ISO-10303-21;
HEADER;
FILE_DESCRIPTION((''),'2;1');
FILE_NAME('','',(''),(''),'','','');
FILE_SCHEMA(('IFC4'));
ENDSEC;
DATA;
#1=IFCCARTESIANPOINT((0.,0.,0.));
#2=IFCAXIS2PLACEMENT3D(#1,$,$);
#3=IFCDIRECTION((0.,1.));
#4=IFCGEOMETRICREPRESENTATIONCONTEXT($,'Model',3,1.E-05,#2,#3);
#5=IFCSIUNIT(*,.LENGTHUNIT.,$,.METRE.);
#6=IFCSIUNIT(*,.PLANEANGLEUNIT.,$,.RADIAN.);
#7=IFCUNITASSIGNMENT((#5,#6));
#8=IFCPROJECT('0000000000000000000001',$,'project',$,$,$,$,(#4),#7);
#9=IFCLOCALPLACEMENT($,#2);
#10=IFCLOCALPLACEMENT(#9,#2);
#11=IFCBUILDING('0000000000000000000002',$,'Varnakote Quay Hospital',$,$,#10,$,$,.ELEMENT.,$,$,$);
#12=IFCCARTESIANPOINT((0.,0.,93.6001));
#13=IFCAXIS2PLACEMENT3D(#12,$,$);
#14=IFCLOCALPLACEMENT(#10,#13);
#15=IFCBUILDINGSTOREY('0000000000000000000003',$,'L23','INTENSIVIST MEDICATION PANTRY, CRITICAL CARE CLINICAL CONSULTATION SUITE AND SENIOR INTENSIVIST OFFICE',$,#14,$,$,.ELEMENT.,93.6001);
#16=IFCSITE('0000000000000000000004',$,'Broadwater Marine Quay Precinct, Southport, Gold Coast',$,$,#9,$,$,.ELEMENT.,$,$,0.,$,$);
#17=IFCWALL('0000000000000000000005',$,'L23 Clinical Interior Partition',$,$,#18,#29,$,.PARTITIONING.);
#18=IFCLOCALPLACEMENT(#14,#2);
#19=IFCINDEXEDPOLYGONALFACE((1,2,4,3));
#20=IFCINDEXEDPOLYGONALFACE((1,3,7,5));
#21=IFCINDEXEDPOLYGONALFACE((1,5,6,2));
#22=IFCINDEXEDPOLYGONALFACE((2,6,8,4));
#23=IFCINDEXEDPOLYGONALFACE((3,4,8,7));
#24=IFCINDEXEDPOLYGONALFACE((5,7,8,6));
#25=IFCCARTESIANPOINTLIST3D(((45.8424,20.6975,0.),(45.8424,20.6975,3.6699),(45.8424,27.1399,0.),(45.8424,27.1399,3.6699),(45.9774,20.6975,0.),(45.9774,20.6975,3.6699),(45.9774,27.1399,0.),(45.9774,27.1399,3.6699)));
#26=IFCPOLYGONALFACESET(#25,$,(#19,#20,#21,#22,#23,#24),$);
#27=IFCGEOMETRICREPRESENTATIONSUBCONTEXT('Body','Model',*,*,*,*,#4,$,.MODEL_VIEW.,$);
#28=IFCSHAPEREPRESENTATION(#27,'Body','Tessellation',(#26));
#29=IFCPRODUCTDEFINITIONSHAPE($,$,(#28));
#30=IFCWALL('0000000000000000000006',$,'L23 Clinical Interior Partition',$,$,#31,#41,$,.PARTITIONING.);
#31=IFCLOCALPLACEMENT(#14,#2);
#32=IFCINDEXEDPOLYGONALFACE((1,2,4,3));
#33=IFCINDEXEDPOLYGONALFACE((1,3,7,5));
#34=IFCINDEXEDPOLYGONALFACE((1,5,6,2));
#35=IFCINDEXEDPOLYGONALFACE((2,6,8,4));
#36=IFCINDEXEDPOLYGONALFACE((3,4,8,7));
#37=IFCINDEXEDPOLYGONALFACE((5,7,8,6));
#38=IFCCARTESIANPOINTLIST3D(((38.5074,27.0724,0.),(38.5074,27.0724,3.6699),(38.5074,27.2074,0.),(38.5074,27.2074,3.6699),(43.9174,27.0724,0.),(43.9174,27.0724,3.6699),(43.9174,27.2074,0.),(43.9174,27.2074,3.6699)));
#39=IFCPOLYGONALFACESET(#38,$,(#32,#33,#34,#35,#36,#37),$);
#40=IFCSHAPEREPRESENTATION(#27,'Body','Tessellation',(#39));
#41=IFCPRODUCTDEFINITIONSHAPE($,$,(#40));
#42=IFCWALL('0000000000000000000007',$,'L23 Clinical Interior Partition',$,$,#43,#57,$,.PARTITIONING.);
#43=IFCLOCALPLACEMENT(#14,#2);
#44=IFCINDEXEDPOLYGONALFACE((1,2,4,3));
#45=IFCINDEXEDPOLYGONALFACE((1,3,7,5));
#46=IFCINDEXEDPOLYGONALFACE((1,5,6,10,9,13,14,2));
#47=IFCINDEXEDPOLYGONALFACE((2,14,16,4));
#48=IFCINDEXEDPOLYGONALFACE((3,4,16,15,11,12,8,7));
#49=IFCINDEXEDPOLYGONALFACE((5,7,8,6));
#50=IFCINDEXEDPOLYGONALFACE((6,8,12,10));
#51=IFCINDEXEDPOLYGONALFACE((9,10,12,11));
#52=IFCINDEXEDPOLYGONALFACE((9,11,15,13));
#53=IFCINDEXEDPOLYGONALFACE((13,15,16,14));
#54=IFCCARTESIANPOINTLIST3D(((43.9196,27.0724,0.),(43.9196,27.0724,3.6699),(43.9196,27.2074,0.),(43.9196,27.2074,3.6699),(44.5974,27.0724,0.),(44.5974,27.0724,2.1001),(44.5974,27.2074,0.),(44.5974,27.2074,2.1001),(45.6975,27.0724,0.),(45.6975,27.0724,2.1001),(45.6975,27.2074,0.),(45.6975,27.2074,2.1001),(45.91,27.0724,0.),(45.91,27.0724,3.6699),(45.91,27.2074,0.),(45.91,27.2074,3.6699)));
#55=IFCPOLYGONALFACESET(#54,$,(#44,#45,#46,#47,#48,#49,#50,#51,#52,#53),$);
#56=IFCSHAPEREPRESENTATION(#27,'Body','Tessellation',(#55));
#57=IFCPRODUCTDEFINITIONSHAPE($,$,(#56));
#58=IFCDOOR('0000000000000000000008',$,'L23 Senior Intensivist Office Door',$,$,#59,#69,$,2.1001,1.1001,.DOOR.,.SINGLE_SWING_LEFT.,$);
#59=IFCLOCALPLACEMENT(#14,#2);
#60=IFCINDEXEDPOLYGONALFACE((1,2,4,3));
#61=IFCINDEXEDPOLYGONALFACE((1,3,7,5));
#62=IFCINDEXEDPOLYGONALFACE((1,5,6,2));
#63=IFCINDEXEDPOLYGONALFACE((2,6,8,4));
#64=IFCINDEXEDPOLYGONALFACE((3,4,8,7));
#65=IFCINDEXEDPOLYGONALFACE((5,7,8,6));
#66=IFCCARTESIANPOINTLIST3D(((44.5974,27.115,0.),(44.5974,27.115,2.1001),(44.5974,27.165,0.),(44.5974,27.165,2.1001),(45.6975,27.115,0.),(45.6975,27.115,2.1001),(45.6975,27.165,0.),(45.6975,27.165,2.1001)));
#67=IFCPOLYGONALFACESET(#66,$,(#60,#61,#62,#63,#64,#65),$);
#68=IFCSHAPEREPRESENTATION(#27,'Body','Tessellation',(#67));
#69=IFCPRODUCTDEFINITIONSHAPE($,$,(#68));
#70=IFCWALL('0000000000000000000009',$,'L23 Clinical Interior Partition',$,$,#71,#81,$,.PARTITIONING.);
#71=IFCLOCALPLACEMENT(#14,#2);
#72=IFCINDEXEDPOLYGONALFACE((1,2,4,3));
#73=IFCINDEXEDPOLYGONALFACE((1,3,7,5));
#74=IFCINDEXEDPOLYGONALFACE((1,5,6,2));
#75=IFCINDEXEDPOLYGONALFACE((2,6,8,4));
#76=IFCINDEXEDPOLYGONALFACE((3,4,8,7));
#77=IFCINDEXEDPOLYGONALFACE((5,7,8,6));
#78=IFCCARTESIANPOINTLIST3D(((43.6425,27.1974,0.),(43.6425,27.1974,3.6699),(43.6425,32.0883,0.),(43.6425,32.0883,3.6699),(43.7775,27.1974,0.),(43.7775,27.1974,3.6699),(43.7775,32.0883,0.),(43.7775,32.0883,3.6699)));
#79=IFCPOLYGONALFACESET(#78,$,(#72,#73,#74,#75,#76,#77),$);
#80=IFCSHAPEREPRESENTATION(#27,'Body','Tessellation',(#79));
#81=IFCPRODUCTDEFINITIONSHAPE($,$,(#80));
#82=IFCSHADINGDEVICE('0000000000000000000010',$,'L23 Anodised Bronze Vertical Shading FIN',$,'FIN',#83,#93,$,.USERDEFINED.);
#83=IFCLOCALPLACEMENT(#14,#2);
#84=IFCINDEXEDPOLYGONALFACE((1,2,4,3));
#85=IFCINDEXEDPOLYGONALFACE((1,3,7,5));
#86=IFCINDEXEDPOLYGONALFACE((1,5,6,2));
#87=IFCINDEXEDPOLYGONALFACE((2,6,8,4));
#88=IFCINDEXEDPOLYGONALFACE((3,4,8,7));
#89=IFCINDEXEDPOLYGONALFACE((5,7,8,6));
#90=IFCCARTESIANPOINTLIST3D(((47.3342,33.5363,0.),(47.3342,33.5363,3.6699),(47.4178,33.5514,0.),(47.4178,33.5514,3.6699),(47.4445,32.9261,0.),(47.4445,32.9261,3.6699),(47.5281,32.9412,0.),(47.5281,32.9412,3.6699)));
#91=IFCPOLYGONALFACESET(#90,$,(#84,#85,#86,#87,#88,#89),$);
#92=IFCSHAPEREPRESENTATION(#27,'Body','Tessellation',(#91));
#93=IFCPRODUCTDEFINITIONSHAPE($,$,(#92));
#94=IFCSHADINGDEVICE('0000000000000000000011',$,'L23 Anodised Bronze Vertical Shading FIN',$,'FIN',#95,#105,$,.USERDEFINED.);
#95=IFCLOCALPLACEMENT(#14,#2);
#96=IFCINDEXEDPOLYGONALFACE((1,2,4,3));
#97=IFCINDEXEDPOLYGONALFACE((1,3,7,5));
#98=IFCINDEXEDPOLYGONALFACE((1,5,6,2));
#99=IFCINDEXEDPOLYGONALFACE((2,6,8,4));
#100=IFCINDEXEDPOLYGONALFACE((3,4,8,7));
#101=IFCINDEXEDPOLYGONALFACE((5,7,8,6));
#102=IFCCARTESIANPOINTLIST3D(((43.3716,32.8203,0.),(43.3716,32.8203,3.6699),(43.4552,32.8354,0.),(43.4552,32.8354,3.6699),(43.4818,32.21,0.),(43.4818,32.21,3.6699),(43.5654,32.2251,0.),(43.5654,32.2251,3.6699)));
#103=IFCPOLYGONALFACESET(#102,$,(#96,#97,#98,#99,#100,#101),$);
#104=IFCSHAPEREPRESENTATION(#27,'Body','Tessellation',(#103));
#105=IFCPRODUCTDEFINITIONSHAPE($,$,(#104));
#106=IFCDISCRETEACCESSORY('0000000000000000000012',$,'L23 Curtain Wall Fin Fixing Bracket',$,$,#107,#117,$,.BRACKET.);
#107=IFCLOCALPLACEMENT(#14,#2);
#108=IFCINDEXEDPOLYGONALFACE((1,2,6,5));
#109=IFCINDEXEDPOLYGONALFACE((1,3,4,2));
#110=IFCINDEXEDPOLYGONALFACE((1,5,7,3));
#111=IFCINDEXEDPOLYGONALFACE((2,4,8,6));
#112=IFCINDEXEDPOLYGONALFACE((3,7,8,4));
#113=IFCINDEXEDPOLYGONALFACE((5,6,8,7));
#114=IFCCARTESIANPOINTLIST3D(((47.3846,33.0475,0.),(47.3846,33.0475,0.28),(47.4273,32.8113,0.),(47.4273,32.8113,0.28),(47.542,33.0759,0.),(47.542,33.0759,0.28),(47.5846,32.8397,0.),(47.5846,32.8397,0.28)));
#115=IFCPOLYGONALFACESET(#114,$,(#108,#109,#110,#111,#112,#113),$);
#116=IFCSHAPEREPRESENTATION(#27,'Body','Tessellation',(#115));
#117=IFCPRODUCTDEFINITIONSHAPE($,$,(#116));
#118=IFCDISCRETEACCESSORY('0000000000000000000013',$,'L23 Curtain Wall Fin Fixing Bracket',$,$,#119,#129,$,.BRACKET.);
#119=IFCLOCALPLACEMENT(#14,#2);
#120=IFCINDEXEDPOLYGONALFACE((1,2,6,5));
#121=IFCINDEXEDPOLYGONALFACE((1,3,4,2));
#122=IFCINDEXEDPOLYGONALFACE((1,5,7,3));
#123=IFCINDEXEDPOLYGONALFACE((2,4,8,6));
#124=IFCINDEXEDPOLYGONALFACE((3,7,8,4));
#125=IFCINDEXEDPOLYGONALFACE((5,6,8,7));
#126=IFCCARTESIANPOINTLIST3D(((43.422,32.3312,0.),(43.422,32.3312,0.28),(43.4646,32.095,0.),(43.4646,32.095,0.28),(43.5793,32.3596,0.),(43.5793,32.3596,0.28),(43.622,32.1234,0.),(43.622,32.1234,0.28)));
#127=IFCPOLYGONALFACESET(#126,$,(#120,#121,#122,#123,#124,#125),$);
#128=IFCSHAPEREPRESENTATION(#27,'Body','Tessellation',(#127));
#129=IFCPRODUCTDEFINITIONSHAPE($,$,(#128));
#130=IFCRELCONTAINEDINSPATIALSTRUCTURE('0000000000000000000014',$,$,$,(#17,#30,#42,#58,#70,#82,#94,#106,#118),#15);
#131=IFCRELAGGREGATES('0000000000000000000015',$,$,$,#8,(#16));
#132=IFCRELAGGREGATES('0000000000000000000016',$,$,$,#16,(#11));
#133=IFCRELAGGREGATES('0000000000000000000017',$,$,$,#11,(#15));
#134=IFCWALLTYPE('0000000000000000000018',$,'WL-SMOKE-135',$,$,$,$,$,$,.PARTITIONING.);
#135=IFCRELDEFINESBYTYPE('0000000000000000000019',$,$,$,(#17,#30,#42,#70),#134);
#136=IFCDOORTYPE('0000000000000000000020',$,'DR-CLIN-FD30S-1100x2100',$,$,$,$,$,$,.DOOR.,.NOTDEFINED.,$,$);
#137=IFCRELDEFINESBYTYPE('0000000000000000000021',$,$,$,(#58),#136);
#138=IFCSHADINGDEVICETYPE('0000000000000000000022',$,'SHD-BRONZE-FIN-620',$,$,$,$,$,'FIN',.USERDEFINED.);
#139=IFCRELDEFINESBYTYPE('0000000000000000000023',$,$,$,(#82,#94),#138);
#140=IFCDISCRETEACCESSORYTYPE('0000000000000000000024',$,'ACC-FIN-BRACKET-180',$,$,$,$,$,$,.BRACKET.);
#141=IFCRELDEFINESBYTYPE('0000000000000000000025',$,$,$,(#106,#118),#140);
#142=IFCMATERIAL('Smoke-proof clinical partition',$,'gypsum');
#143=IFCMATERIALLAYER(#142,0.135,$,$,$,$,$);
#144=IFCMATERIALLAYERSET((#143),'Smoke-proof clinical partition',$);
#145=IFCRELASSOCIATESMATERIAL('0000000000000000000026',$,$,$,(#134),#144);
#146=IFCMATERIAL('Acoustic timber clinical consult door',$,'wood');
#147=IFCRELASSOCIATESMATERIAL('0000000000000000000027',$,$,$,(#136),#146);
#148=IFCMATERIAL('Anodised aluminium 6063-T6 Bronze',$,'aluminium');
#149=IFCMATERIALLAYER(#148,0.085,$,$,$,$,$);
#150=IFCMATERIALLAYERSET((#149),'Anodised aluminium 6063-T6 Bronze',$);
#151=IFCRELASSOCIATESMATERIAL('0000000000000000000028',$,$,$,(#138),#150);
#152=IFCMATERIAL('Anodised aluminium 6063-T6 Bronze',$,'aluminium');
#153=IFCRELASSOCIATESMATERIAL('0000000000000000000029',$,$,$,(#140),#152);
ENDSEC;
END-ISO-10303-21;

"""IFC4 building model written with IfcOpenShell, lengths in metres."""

from ifc_helpers import new_model, si_unit, direction, frame, frame_2d, origin, origin_2d, place, context, subcontext, project, spatial, rectangle, extrude, material, layer, layer_set, type_object, element, fill, save


model = new_model("IFC4")

# Units and contexts
model_context = context("Model", 3, precision=1e-05, world=origin(), true_north=direction((0.0, 1.0)))
body_context = subcontext(model_context, "Body", "Model", "MODEL_VIEW")
ifc_project = project(units=[si_unit("LENGTHUNIT", "METRE"), si_unit("PLANEANGLEUNIT", "RADIAN")], contexts=[model_context])

# Site, building, storey
site_placement = place(None, origin())
site = spatial("IfcSite", under=ifc_project, at=site_placement, Name="Broadwater Marine Quay Precinct, Southport, Gold Coast", CompositionType="ELEMENT", RefElevation=0.0)
building_placement = place(site_placement, origin())
building = spatial("IfcBuilding", under=site, at=building_placement, Name="Varnakote Quay Hospital", CompositionType="ELEMENT")
storey_placement = place(building_placement, frame((0.0, 0.0, 93.6001)))
storey = spatial("IfcBuildingStorey", under=building, at=storey_placement, Name="L23", Description="INTENSIVIST MEDICATION PANTRY, CRITICAL CARE CLINICAL CONSULTATION SUITE AND SENIOR INTENSIVIST OFFICE", CompositionType="ELEMENT", Elevation=93.6001)

# Walls
ifc_material_1 = material(Name="Smoke-proof clinical partition", Category="gypsum")
ifc_layer_1 = layer(ifc_material_1, 0.135)
ifc_layer_set_1 = layer_set([ifc_layer_1], Name="Smoke-proof clinical partition")
wall_type = type_object("IfcWallType", Name="WL-SMOKE-135", PredefinedType="PARTITIONING", material=ifc_layer_set_1)
wall_1_placement = place(storey_placement, frame((45.9099, 20.6975, 0.0), z_axis=(0.0, 0.0, 1.0), x_axis=(0.0, 1.0, 0.0)))
element("IfcWall", 1, at=wall_1_placement, inside=storey, type_object=wall_type, Name="L23 Clinical Interior Partition", PredefinedType="PARTITIONING", context=body_context, shape_type="SweptSolid", body=[
    extrude(rectangle(XDim=6.4424, YDim=0.135, at=frame_2d((3.2212, 0.0))), origin(), (0.0, 0.0, 1.0), 3.6699),
])
wall_2_placement = place(storey_placement, frame((43.9175, 27.1399, 0.0), z_axis=(0.0, 0.0, 1.0), x_axis=(-1.0, 0.0, 0.0)))
element("IfcWall", 2, at=wall_2_placement, inside=storey, type_object=wall_type, Name="L23 Clinical Interior Partition", PredefinedType="PARTITIONING", context=body_context, shape_type="SweptSolid", body=[
    extrude(rectangle(XDim=5.4099, YDim=0.135, at=frame_2d((2.7051, 0.0))), origin(), (0.0, 0.0, 1.0), 3.6699),
])

# Wall, opening, door
wall_3_placement = place(storey_placement, frame((45.9099, 27.1399, 0.0), z_axis=(0.0, 0.0, 1.0), x_axis=(-1.0, 0.0, 0.0)))
wall_3 = element("IfcWall", 3, at=wall_3_placement, inside=storey, type_object=wall_type, Name="L23 Clinical Interior Partition", PredefinedType="PARTITIONING", context=body_context, shape_type="SweptSolid", body=[
    extrude(rectangle(XDim=1.9905, YDim=0.135, at=frame_2d((0.9951, 0.0))), origin(), (0.0, 0.0, 1.0), 3.6699),
])
opening_placement = place(wall_3_placement, frame((0.2124, 0.0, 0.0)))
opening = element("IfcOpeningElement", 4, at=opening_placement, cuts=wall_3, PredefinedType="OPENING", context=body_context, shape_type="SweptSolid", body=[
    extrude(rectangle(XDim=1.1001, YDim=2.1001, at=frame_2d((0.55, 1.05))), frame((0.0, 0.0774, 0.0), z_axis=(0.0, -1.0, 0.0), x_axis=(1.0, 0.0, 0.0)), (0.0, 0.0, 1.0), 0.155),
])
ifc_material_2 = material(Name="Acoustic timber clinical consult door", Category="wood")
door_type = type_object("IfcDoorType", Name="DR-CLIN-FD30S-1100x2100", OperationType="NOTDEFINED", PredefinedType="DOOR", material=ifc_material_2)
door_placement = place(opening_placement, origin())
door = element("IfcDoor", 5, at=door_placement, inside=storey, type_object=door_type, Name="L23 Senior Intensivist Office Door", OperationType="SINGLE_SWING_LEFT", OverallHeight=2.1001, OverallWidth=1.1001, PredefinedType="DOOR", context=body_context, shape_type="SweptSolid", body=[
    extrude(rectangle(XDim=1.1001, YDim=2.1001, at=frame_2d((0.55, 1.05))), frame((0.0, 0.0249, 0.0), z_axis=(0.0, -1.0, 0.0), x_axis=(1.0, 0.0, 0.0)), (0.0, 0.0, 1.0), 0.05),
])
fill(opening, door)

# Wall
wall_4_placement = place(storey_placement, frame((43.71, 27.1975, 0.0), z_axis=(0.0, 0.0, 1.0), x_axis=(0.0, 1.0, 0.0)))
element("IfcWall", 6, at=wall_4_placement, inside=storey, type_object=wall_type, Name="L23 Clinical Interior Partition", PredefinedType="PARTITIONING", context=body_context, shape_type="SweptSolid", body=[
    extrude(rectangle(XDim=4.8909, YDim=0.135, at=frame_2d((2.4453, 0.0))), origin(), (0.0, 0.0, 1.0), 3.6699),
])

# Shading devices
ifc_material_3 = material(Name="Anodised aluminium 6063-T6 Bronze", Category="aluminium")
ifc_layer_2 = layer(ifc_material_3, 0.085)
ifc_layer_set_2 = layer_set([ifc_layer_2], Name="Anodised aluminium 6063-T6 Bronze")
shading_device_type = type_object("IfcShadingDeviceType", Name="SHD-BRONZE-FIN-620", ElementType="FIN", PredefinedType="USERDEFINED", material=ifc_layer_set_2)
for number, where, z_axis, x_axis, name in (
    (7, (47.4312, 33.2388, 0.0), (0.0, 0.0, 1.0), (0.177772, -0.984072, 0.0), "L23 Anodised Bronze Vertical Shading FIN"),
    (8, (43.4685, 32.5227, 0.0), (0.0, 0.0, 1.0), (0.177772, -0.984072, 0.0), "L23 Anodised Bronze Vertical Shading FIN"),
):
    element("IfcShadingDevice", number, at=place(storey_placement, frame(where, z_axis=z_axis, x_axis=x_axis)), inside=storey, type_object=shading_device_type, Name=name, ObjectType="FIN", PredefinedType="USERDEFINED", context=body_context, shape_type="SweptSolid", body=[
        extrude(rectangle(XDim=0.6201, YDim=0.085, at=origin_2d()), origin(), (0.0, 0.0, 1.0), 3.6699),
    ])

# Discrete accessories
ifc_material_4 = material(Name="Anodised aluminium 6063-T6 Bronze", Category="aluminium")
discrete_accessory_type = type_object("IfcDiscreteAccessoryType", Name="ACC-FIN-BRACKET-180", PredefinedType="BRACKET", material=ifc_material_4)
for number, where, z_axis, x_axis, name in (
    (9, (47.4846, 32.9436, 0.0), (0.0, 0.0, 1.0), (-0.984072, -0.177772, 0.0), "L23 Curtain Wall Fin Fixing Bracket"),
    (10, (43.522, 32.2273, 0.0), (0.0, 0.0, 1.0), (-0.984072, -0.177772, 0.0), "L23 Curtain Wall Fin Fixing Bracket"),
):
    element("IfcDiscreteAccessory", number, at=place(storey_placement, frame(where, z_axis=z_axis, x_axis=x_axis)), inside=storey, type_object=discrete_accessory_type, Name=name, PredefinedType="BRACKET", context=body_context, shape_type="SweptSolid", body=[
        extrude(rectangle(XDim=0.1599, YDim=0.24, at=origin_2d()), origin(), (0.0, 0.0, 1.0), 0.28),
    ])

save(model, "model.ifc")
